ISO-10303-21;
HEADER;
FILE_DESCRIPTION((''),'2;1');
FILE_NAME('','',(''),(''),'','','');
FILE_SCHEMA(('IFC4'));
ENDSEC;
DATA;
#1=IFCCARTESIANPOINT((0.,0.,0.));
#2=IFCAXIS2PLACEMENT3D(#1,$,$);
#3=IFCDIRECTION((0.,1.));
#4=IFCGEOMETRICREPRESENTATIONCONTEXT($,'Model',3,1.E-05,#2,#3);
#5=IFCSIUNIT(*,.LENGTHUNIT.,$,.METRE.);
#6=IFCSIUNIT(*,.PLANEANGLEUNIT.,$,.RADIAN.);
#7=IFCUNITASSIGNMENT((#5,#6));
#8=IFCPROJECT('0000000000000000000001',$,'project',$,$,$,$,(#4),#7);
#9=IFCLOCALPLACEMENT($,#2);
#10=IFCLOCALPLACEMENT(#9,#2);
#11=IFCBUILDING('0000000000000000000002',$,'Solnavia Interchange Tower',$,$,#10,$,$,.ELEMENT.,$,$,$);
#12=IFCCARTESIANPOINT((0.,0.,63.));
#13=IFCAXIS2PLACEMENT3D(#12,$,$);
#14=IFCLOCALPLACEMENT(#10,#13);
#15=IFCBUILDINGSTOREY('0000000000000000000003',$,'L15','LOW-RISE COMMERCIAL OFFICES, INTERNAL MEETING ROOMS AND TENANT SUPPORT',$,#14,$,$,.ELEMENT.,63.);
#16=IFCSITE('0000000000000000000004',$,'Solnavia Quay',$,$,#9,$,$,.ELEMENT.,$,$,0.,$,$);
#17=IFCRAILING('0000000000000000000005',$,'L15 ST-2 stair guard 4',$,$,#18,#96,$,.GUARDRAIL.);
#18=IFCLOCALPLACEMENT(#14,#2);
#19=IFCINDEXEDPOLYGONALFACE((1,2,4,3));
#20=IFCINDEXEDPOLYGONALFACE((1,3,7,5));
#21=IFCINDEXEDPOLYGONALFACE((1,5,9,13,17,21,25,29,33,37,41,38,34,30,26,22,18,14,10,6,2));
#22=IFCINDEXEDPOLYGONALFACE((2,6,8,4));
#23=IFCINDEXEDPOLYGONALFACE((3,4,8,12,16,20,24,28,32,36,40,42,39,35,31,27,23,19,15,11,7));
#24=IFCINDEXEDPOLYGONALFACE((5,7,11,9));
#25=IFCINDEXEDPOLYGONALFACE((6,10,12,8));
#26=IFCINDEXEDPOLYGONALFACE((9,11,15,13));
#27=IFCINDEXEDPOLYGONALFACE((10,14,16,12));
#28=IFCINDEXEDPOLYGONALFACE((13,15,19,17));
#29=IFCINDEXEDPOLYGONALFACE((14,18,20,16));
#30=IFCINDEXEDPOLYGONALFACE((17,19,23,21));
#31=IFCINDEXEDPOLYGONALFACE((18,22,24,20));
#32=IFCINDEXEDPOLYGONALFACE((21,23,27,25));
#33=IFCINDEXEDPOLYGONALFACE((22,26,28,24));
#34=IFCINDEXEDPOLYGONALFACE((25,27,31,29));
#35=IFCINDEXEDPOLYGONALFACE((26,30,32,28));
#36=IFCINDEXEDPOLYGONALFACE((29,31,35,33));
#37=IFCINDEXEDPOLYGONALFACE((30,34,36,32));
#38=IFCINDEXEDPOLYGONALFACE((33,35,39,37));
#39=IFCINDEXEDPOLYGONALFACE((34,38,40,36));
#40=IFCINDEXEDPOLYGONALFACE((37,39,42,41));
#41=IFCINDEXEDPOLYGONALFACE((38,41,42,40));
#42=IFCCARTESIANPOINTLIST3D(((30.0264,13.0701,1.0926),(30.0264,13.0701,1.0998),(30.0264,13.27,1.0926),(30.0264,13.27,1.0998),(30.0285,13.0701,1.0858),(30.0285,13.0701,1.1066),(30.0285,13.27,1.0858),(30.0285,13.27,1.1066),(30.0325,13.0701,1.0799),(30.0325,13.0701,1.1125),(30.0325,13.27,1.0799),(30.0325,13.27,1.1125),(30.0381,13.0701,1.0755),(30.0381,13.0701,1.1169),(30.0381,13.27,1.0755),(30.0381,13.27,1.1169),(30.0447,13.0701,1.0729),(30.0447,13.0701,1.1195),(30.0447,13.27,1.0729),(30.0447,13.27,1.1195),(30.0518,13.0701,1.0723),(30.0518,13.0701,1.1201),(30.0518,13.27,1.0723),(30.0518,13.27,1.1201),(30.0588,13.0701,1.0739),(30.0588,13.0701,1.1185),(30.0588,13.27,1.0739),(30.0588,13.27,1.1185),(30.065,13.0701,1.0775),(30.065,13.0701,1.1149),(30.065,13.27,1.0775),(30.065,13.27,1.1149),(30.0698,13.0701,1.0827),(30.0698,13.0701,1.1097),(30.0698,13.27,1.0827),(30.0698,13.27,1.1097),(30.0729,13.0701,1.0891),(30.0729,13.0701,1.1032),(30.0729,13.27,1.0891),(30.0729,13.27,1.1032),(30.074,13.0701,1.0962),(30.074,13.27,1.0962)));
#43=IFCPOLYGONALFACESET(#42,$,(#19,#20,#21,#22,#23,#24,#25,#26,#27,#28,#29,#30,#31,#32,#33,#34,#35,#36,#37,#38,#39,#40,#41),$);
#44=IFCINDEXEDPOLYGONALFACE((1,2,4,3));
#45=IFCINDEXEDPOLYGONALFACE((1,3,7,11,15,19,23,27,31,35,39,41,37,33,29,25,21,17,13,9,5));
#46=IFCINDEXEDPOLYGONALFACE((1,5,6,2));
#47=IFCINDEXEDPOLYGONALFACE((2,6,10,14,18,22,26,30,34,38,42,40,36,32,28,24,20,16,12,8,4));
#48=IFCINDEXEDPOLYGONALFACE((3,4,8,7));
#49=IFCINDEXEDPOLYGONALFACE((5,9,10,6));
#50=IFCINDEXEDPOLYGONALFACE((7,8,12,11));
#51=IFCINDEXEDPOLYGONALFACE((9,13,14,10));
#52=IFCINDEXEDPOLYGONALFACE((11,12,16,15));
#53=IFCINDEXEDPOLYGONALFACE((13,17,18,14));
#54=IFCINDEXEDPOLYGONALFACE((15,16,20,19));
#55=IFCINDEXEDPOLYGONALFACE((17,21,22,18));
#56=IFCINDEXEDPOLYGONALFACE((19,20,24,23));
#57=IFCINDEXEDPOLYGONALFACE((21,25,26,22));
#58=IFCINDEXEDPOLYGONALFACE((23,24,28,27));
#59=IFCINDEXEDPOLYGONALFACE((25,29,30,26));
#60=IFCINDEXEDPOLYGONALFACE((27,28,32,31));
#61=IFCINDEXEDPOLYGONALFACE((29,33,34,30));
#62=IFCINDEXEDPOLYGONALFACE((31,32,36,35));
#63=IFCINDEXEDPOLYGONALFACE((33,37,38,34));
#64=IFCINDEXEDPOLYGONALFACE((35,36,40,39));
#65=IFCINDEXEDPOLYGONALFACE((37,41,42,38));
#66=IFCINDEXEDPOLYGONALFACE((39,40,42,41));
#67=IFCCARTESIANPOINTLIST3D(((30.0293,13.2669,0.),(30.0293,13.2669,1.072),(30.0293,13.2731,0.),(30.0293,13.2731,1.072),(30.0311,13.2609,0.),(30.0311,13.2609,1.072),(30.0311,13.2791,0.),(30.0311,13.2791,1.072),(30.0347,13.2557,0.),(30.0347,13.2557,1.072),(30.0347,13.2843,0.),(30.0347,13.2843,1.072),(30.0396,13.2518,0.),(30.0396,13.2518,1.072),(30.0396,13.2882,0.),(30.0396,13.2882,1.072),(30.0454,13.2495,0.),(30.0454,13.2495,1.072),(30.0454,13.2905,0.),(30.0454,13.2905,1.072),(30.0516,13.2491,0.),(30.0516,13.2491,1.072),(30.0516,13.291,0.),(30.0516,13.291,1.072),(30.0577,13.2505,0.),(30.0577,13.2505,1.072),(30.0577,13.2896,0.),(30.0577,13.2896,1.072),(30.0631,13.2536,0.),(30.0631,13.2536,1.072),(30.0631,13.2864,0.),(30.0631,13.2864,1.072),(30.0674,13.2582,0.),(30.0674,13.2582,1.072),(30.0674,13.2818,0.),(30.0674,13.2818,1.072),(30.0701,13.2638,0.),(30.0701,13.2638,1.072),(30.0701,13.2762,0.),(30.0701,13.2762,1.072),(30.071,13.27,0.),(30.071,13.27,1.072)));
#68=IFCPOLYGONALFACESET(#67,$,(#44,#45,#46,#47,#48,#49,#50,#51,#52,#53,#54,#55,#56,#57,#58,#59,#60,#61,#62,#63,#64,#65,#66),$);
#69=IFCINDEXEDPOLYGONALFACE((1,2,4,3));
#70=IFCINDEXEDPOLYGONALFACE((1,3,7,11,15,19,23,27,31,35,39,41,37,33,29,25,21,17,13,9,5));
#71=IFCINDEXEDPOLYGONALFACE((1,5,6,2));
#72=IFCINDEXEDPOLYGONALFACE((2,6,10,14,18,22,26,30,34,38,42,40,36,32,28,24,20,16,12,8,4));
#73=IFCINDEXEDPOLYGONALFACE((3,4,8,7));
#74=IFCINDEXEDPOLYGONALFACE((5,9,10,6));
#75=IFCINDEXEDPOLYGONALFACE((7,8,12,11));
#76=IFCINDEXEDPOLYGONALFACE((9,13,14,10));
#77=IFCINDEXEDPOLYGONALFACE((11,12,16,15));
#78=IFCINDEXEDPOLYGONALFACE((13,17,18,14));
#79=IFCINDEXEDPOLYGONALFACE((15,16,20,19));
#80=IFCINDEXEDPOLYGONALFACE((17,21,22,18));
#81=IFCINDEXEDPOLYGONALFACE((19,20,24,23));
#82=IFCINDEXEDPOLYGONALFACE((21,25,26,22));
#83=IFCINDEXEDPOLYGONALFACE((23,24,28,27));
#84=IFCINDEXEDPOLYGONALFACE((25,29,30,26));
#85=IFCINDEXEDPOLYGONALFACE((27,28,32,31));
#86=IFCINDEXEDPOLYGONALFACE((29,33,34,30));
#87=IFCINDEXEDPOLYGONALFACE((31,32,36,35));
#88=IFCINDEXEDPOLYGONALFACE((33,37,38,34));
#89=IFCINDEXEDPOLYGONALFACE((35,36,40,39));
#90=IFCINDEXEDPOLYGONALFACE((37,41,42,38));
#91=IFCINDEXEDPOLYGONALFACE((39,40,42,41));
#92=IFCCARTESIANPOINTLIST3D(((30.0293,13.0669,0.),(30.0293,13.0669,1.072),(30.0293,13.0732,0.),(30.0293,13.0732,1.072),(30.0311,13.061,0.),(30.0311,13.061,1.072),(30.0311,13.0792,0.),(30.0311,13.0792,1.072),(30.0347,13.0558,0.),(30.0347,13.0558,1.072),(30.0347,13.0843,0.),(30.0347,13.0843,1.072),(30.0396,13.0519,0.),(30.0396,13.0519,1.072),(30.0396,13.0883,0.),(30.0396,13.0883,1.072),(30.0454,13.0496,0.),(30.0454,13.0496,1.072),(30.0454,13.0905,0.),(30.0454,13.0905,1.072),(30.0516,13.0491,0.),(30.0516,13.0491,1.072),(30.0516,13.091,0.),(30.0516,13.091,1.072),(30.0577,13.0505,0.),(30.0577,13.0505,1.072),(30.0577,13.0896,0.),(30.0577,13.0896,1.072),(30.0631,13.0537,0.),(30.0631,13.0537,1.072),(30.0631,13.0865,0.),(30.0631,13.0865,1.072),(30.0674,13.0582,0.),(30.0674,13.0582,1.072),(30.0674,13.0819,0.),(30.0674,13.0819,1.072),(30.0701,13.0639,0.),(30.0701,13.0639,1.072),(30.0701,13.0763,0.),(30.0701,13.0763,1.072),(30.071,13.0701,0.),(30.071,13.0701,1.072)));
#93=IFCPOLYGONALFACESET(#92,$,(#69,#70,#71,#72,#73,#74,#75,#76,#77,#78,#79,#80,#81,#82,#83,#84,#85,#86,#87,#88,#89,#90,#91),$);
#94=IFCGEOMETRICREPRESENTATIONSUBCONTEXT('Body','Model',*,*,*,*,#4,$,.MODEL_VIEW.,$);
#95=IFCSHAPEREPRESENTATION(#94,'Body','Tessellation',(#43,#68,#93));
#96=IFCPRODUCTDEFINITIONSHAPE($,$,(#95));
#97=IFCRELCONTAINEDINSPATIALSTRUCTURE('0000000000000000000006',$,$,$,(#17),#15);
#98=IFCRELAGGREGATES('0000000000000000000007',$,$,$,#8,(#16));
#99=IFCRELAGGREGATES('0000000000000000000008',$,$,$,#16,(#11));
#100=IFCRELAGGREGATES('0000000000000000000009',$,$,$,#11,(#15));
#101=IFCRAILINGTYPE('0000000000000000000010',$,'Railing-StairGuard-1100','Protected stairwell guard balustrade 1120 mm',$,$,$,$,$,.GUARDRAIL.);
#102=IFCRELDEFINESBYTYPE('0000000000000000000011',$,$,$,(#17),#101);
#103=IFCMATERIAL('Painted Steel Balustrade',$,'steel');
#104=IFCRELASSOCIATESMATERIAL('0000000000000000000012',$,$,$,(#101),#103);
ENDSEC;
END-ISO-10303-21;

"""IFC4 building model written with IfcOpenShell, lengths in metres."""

from ifc_helpers import new_model, si_unit, direction, frame, origin, origin_2d, place, context, subcontext, project, spatial, circle, extrude, material, type_object, element, save


model = new_model("IFC4")

# Units and contexts
model_context = context("Model", 3, precision=1e-05, world=origin(), true_north=direction((0.0, 1.0)))
body_context = subcontext(model_context, "Body", "Model", "MODEL_VIEW")
ifc_project = project(units=[si_unit("LENGTHUNIT", "METRE"), si_unit("PLANEANGLEUNIT", "RADIAN")], contexts=[model_context])

# Site, building, storey
site_placement = place(None, origin())
site = spatial("IfcSite", under=ifc_project, at=site_placement, Name="Solnavia Quay", CompositionType="ELEMENT", RefElevation=0.0)
building_placement = place(site_placement, origin())
building = spatial("IfcBuilding", under=site, at=building_placement, Name="Solnavia Interchange Tower", CompositionType="ELEMENT")
storey_placement = place(building_placement, frame((0.0, 0.0, 63.0)))
storey = spatial("IfcBuildingStorey", under=building, at=storey_placement, Name="L15", Description="LOW-RISE COMMERCIAL OFFICES, INTERNAL MEETING ROOMS AND TENANT SUPPORT", CompositionType="ELEMENT", Elevation=63.0)

# Railing
ifc_material_1 = material(Name="Painted Steel Balustrade", Category="steel")
railing_type_1 = type_object("IfcRailingType", Name="Railing-StairGuard-1100", Description="Protected stairwell guard balustrade 1120 mm", PredefinedType="GUARDRAIL", material=ifc_material_1)
railing_1_placement = place(storey_placement, frame((30.05, 13.27, 0.0)))
element("IfcRailing", 1, at=railing_1_placement, inside=storey, type_object=railing_type_1, Name="L15 ST-2 stair guard 4", PredefinedType="GUARDRAIL", context=body_context, shape_type="SweptSolid", body=[
    extrude(circle(Radius=0.0239, at=origin_2d()), frame((0.0, 0.0, 1.0962), z_axis=(0.0, -1.0, 0.0), x_axis=(1.0, 0.0, 0.0)), (0.0, 0.0, 1.0), 0.2),
    extrude(circle(Radius=0.021, at=origin_2d()), origin(), (0.0, 0.0, 1.0), 1.072),
    extrude(circle(Radius=0.021, at=origin_2d()), frame((0.0, -0.2, 0.0)), (0.0, 0.0, 1.0), 1.072),
])

save(model, "model.ifc")
